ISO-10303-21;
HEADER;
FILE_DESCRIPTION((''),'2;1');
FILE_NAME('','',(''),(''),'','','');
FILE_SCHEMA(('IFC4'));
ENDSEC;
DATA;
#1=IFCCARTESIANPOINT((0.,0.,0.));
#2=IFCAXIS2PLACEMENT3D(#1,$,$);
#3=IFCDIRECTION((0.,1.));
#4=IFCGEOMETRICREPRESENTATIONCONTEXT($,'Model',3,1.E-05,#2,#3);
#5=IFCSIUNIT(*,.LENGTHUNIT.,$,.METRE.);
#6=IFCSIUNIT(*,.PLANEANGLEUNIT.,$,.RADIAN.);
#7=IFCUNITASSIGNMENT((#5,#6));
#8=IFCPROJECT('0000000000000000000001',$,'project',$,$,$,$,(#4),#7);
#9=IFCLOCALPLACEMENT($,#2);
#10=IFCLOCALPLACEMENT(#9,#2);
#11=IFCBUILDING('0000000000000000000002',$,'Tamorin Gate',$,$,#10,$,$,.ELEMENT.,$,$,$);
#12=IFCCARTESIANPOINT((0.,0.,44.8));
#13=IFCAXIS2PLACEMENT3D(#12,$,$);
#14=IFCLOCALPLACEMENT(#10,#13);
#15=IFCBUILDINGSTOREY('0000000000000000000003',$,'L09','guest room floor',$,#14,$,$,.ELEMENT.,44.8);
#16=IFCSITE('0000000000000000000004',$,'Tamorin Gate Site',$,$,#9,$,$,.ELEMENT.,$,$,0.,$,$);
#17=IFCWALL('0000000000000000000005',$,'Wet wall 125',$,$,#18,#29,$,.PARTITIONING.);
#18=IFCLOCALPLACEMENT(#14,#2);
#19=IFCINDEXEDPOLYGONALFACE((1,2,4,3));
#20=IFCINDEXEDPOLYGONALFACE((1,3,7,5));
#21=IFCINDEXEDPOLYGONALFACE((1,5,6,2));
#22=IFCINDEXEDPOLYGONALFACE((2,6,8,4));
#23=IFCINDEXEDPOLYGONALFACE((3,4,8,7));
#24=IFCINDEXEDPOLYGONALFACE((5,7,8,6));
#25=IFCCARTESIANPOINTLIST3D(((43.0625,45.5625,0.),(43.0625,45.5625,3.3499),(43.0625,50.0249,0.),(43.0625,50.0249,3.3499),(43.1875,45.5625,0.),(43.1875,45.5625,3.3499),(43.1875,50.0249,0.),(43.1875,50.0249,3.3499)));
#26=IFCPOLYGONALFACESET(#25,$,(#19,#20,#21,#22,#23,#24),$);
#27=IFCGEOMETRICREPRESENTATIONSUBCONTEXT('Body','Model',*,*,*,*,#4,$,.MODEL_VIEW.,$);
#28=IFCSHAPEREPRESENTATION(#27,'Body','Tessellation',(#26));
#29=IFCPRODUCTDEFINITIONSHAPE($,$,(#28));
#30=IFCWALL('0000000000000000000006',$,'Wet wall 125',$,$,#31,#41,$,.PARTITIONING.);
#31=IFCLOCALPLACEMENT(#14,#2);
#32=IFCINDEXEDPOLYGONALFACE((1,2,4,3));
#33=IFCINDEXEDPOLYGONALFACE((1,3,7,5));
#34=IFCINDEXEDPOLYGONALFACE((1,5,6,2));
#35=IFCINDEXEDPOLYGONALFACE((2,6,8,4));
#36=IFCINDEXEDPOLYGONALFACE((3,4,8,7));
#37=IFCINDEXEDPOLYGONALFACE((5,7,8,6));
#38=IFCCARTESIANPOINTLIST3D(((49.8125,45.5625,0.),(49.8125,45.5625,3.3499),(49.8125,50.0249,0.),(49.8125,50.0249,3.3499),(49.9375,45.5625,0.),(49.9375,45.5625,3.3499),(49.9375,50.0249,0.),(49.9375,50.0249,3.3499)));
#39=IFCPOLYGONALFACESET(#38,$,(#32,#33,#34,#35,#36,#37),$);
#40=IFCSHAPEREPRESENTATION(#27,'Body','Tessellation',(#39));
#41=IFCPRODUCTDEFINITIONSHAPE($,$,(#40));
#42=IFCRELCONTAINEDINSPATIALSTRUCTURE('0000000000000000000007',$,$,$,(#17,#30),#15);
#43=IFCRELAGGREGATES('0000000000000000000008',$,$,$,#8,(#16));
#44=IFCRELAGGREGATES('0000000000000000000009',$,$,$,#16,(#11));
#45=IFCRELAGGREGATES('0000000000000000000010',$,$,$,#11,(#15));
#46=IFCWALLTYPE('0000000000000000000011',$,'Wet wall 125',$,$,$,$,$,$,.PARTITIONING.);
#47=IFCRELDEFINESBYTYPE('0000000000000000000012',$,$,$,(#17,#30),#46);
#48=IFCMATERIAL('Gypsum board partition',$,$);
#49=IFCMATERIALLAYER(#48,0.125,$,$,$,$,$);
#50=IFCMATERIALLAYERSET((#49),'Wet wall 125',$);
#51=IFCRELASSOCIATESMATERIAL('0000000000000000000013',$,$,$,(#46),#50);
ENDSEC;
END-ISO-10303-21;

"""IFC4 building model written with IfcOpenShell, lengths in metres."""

from ifc_helpers import new_model, si_unit, direction, frame, frame_2d, origin, place, context, subcontext, project, spatial, rectangle, extrude, material, layer, layer_set, type_object, element, save


model = new_model("IFC4")

# Units and contexts
model_context = context("Model", 3, precision=1e-05, world=origin(), true_north=direction((0.0, 1.0)))
body_context = subcontext(model_context, "Body", "Model", "MODEL_VIEW")
ifc_project = project(units=[si_unit("LENGTHUNIT", "METRE"), si_unit("PLANEANGLEUNIT", "RADIAN")], contexts=[model_context])

# Site, building, storey
site_placement = place(None, origin())
site = spatial("IfcSite", under=ifc_project, at=site_placement, Name="Tamorin Gate Site", CompositionType="ELEMENT", RefElevation=0.0)
building_placement = place(site_placement, origin())
building = spatial("IfcBuilding", under=site, at=building_placement, Name="Tamorin Gate", CompositionType="ELEMENT")
storey_placement = place(building_placement, frame((0.0, 0.0, 44.8)))
storey = spatial("IfcBuildingStorey", under=building, at=storey_placement, Name="L09", Description="guest room floor", CompositionType="ELEMENT", Elevation=44.8)

# Shared definitions
ifc_material_1 = material(Name="Gypsum board partition")

# Shared definitions
ifc_layer_1 = layer(ifc_material_1, 0.125)
ifc_layer_set_1 = layer_set([ifc_layer_1], Name="Wet wall 125")
wall_type_1 = type_object("IfcWallType", Name="Wet wall 125", PredefinedType="PARTITIONING", material=ifc_layer_set_1)

# Walls
for number, where, z_axis, x_axis, name in (
    (1, (43.125, 45.5625, 0.0), (0.0, 0.0, 1.0), (0.0, 1.0, 0.0), "Wet wall 125"),
    (2, (49.875, 45.5625, 0.0), (0.0, 0.0, 1.0), (0.0, 1.0, 0.0), "Wet wall 125"),
):
    element("IfcWall", number, at=place(storey_placement, frame(where, z_axis=z_axis, x_axis=x_axis)), inside=storey, type_object=wall_type_1, Name=name, PredefinedType="PARTITIONING", context=body_context, shape_type="SweptSolid", body=[
        extrude(rectangle(XDim=4.4624, YDim=0.125, at=frame_2d((2.2312, 0.0))), origin(), (0.0, 0.0, 1.0), 3.3499),
    ])

save(model, "model.ifc")
